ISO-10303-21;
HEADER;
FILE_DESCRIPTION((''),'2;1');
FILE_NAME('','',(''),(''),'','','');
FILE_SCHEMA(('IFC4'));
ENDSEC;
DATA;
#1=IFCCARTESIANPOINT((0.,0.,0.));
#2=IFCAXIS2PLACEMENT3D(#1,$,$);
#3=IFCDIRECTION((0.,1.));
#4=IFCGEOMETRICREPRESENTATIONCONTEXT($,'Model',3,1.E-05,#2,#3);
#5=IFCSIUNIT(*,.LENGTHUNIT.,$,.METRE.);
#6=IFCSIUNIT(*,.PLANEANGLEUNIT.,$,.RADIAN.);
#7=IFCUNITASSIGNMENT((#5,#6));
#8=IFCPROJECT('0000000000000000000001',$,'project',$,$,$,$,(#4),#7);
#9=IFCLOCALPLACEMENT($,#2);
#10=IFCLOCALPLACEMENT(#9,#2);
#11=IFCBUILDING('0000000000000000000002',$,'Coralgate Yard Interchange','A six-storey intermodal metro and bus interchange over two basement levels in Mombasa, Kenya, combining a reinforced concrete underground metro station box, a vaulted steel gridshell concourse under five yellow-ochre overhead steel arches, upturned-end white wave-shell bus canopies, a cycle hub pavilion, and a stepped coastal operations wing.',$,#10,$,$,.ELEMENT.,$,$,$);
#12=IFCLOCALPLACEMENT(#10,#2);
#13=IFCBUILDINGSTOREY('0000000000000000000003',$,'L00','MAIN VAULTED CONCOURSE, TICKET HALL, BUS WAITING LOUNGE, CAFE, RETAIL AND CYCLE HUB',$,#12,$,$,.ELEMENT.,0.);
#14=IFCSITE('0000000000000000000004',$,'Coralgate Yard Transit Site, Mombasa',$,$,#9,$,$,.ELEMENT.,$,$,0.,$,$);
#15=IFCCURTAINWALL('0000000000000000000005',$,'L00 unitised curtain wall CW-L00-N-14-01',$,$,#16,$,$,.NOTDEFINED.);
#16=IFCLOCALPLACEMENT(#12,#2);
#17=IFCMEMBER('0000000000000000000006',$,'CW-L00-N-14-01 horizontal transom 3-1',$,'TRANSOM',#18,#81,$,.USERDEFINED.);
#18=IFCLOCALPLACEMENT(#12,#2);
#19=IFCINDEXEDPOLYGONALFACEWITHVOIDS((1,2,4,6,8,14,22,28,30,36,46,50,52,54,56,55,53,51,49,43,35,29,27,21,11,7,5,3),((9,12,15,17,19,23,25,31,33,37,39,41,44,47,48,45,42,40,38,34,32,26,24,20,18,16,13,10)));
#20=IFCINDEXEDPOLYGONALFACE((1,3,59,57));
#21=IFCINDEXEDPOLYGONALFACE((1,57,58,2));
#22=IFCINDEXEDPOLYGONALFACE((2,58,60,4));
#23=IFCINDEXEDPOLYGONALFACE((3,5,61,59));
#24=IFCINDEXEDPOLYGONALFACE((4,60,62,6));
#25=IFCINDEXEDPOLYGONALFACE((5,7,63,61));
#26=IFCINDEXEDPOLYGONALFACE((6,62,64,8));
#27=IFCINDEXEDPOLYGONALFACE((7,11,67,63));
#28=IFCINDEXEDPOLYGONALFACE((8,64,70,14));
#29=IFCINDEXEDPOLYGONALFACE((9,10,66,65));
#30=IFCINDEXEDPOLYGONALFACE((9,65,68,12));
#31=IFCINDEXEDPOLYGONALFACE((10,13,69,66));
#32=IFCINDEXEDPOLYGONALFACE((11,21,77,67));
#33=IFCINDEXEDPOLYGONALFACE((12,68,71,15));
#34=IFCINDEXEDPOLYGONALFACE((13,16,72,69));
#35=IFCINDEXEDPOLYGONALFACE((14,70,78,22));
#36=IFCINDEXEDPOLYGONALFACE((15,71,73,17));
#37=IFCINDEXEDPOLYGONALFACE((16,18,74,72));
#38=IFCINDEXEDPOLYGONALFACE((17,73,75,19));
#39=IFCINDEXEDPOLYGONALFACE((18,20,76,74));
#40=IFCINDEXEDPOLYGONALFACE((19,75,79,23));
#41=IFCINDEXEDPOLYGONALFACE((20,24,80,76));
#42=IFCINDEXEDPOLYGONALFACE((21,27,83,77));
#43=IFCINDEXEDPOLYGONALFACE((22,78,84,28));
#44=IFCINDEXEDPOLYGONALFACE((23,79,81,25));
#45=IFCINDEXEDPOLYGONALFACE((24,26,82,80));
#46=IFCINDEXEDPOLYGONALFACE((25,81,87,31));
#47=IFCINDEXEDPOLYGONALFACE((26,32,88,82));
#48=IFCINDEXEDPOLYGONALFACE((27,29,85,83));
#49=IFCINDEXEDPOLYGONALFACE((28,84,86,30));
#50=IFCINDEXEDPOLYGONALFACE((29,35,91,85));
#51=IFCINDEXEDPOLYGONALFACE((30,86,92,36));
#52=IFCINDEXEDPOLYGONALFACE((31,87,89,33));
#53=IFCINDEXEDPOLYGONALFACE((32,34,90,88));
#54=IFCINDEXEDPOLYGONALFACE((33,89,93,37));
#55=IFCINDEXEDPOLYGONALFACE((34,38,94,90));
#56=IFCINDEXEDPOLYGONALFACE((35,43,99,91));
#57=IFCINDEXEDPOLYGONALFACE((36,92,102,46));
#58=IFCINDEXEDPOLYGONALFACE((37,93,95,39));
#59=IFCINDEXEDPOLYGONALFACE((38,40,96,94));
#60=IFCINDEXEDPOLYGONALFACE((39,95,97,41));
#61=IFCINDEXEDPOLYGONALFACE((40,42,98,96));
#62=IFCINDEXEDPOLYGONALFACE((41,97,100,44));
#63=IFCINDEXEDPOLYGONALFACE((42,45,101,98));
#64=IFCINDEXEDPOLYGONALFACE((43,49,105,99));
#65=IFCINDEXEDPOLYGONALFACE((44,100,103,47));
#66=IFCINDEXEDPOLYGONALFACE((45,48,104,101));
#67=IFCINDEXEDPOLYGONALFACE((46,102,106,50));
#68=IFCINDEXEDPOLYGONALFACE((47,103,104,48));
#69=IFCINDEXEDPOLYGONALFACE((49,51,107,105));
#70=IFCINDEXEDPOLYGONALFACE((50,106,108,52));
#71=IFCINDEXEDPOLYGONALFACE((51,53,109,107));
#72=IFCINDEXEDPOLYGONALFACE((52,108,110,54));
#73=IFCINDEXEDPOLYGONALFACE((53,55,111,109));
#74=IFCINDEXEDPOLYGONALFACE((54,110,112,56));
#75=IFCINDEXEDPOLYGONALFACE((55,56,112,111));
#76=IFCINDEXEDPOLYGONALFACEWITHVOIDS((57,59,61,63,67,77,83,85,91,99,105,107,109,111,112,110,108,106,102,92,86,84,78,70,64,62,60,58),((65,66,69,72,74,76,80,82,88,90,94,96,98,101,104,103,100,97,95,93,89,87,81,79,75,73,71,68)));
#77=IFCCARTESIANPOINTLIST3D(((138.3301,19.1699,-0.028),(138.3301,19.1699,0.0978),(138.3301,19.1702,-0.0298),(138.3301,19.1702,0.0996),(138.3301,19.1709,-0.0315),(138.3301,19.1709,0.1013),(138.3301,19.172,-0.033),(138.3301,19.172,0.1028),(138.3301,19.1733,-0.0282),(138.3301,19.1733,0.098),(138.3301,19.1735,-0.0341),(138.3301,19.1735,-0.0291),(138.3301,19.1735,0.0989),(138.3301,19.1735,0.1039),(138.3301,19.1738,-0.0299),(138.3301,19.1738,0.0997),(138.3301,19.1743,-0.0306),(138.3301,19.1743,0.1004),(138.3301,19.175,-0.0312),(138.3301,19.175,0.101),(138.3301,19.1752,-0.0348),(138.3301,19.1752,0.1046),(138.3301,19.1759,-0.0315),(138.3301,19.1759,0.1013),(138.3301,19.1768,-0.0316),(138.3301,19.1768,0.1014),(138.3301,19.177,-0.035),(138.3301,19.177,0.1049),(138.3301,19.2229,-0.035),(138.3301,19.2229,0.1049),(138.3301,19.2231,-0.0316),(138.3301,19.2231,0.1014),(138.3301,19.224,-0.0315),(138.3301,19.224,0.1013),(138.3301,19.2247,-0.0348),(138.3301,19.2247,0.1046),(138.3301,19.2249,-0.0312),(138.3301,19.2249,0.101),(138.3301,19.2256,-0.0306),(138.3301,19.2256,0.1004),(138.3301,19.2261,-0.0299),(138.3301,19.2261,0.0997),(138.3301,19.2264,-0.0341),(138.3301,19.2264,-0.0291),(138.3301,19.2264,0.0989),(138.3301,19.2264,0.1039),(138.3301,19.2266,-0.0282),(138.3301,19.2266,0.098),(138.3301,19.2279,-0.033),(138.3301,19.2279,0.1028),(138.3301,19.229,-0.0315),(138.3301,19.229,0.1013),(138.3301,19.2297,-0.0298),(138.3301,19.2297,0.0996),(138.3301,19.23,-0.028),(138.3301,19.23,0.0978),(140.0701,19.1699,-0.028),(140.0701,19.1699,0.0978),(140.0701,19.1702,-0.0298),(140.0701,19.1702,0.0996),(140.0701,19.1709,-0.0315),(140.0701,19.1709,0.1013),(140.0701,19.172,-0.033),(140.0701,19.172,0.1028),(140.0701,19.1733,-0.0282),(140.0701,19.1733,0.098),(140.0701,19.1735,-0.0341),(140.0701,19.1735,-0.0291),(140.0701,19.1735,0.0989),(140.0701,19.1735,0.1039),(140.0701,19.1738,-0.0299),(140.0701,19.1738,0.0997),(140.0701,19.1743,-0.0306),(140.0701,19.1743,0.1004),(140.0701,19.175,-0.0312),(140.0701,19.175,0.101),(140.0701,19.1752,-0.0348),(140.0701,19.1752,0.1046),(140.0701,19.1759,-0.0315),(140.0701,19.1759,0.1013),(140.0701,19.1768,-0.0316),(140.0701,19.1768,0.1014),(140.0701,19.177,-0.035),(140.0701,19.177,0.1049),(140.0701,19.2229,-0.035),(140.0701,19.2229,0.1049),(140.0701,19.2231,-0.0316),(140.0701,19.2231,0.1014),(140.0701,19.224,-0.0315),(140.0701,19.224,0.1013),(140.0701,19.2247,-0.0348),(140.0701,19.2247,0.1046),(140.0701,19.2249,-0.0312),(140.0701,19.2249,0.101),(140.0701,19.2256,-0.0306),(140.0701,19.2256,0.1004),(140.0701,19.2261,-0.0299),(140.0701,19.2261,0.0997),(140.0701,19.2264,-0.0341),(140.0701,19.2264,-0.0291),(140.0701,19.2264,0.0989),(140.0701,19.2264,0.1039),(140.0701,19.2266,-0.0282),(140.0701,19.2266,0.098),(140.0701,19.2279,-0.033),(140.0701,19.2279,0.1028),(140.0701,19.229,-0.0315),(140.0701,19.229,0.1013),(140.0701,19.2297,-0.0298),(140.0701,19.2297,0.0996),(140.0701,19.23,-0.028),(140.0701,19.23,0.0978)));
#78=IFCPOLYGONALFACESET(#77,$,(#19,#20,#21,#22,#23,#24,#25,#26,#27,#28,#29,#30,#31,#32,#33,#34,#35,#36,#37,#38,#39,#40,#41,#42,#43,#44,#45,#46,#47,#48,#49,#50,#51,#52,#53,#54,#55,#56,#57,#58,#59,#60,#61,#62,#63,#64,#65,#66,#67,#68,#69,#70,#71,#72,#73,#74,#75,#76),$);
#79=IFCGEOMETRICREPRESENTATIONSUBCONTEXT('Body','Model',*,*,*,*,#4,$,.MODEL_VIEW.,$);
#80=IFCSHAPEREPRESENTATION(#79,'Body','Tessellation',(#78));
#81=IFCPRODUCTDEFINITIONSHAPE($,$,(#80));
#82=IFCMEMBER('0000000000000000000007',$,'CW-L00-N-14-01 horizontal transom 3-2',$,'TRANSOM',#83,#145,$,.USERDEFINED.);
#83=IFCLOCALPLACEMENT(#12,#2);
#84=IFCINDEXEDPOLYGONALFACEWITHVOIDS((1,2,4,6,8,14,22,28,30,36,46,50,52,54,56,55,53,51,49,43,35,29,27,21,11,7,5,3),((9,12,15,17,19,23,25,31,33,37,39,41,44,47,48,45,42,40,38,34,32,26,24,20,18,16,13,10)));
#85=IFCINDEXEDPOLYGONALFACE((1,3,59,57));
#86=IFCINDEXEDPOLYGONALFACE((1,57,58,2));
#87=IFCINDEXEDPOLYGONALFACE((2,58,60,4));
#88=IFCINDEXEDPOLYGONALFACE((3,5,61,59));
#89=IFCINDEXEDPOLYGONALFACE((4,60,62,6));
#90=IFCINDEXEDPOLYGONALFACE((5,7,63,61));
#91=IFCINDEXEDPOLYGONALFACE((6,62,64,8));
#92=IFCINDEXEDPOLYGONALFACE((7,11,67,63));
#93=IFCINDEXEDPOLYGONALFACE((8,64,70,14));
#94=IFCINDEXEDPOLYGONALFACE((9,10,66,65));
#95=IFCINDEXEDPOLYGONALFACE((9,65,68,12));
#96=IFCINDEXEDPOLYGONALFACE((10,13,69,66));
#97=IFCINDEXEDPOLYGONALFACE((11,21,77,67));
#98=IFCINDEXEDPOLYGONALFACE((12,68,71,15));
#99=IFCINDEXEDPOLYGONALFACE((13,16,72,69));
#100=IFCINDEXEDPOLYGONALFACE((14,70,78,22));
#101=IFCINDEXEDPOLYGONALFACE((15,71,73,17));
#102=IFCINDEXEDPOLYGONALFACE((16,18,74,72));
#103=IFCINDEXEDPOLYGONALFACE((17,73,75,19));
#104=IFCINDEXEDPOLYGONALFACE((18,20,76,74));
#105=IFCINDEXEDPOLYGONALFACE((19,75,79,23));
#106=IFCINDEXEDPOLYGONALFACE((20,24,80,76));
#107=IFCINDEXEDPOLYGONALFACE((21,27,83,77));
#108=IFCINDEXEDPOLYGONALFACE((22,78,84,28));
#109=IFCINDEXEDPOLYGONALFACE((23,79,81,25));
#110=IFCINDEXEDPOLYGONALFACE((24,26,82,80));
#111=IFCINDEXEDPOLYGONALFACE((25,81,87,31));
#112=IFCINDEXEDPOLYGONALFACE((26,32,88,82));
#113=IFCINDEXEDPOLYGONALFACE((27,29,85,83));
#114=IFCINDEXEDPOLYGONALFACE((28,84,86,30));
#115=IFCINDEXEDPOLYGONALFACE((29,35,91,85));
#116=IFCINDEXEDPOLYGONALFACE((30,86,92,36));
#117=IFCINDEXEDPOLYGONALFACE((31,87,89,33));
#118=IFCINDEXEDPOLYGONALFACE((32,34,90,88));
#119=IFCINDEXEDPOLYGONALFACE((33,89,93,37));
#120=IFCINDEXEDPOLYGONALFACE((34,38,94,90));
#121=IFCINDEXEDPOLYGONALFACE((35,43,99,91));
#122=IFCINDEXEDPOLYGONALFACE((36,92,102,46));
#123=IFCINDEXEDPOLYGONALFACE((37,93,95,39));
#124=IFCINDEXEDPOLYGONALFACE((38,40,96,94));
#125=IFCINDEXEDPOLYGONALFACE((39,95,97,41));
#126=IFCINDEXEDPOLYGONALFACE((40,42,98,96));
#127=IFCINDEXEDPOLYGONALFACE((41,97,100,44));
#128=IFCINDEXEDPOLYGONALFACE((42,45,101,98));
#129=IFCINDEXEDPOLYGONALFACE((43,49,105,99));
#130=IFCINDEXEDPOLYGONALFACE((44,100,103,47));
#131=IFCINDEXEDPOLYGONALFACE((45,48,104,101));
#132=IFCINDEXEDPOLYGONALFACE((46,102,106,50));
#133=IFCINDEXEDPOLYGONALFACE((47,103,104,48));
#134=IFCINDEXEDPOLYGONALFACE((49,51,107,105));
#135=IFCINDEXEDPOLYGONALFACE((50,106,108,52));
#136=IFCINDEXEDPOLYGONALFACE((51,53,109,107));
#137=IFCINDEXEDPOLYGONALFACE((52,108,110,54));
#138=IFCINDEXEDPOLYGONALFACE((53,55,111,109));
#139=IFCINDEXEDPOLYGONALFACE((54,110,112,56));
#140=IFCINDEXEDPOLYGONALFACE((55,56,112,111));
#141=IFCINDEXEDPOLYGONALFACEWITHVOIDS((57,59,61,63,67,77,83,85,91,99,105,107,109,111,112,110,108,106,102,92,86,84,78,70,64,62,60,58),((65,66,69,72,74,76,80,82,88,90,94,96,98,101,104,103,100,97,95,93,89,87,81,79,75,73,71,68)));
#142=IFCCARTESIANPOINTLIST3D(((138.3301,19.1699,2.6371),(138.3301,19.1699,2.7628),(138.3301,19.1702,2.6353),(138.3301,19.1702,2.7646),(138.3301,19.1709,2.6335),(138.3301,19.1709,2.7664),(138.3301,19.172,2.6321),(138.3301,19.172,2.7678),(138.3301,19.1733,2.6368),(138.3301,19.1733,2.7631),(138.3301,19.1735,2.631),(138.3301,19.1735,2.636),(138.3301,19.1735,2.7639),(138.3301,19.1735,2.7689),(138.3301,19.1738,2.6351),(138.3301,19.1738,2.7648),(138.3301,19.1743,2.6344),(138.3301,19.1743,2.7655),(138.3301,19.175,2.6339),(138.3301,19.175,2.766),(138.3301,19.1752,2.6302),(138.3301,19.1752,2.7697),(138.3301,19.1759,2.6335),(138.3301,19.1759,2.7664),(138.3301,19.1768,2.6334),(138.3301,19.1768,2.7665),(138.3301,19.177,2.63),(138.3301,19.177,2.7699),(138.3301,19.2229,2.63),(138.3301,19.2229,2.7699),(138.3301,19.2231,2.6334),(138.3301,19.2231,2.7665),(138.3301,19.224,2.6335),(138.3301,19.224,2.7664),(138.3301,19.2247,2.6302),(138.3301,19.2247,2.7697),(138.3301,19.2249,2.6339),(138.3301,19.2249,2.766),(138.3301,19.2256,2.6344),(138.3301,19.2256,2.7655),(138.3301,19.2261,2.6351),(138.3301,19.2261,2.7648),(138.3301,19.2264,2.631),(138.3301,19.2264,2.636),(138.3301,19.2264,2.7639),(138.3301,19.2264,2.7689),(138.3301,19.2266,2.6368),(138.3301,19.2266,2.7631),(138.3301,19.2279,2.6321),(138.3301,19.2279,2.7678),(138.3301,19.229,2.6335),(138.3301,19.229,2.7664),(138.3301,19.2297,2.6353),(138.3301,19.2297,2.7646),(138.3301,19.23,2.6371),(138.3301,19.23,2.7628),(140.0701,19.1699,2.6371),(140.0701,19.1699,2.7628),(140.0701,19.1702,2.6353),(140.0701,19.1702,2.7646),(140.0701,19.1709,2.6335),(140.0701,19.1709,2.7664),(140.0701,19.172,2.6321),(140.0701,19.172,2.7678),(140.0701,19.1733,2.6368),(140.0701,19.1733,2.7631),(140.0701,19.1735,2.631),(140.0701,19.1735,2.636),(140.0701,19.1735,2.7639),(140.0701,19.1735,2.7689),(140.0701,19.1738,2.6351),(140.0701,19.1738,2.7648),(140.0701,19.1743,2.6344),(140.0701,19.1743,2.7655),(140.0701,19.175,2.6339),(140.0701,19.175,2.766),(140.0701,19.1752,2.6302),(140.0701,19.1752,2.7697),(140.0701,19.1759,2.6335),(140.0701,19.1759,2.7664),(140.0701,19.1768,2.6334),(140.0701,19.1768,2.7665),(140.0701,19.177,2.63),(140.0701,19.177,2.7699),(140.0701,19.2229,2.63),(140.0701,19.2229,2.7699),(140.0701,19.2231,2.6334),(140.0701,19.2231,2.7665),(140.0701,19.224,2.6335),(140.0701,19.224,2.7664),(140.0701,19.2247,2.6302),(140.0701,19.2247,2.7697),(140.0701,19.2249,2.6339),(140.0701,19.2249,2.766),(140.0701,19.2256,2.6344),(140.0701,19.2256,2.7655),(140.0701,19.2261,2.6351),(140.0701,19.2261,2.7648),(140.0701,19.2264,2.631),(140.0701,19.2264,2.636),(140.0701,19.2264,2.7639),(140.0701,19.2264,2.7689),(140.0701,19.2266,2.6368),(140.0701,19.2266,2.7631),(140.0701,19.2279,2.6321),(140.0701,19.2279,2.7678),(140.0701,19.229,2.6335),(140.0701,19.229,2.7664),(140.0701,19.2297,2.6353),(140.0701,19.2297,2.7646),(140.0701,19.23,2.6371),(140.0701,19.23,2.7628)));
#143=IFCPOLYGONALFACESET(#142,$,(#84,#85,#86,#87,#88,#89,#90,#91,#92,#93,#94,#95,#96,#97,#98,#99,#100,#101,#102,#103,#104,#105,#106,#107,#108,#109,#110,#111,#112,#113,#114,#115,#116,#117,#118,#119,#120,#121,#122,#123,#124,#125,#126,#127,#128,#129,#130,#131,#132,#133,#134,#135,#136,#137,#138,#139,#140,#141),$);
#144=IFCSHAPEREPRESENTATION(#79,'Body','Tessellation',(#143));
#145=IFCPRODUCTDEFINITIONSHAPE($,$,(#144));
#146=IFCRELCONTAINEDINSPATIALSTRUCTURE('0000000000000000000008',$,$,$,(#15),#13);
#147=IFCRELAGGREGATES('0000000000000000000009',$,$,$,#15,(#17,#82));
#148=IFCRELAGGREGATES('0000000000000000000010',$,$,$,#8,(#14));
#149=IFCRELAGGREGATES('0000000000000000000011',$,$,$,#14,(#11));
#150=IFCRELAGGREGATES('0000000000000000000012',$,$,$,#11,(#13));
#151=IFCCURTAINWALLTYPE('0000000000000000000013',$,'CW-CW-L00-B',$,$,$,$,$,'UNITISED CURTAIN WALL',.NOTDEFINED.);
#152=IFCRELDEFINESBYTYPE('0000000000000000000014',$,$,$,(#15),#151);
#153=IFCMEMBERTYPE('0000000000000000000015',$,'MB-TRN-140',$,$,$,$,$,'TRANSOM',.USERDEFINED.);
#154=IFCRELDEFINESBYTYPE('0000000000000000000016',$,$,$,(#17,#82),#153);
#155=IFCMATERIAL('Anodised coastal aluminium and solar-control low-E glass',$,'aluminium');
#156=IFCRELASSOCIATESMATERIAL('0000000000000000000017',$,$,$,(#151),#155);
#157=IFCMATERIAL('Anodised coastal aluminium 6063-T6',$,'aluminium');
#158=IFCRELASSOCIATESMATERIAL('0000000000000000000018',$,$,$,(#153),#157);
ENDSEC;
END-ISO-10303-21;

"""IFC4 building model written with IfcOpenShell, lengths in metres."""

from ifc_helpers import new_model, si_unit, direction, frame, origin, origin_2d, place, context, subcontext, project, spatial, hollow_rectangle, extrude, material, material_profile, profile_set, type_object, element, aggregate, save


model = new_model("IFC4")

# Units and contexts
model_context = context("Model", 3, precision=1e-05, world=origin(), true_north=direction((0.0, 1.0)))
body_context = subcontext(model_context, "Body", "Model", "MODEL_VIEW")
ifc_project = project(units=[si_unit("LENGTHUNIT", "METRE"), si_unit("PLANEANGLEUNIT", "RADIAN")], contexts=[model_context])

# Site, building, storey
site_placement = place(None, origin())
site = spatial("IfcSite", under=ifc_project, at=site_placement, Name="Coralgate Yard Transit Site, Mombasa", CompositionType="ELEMENT", RefElevation=0.0)
building_placement = place(site_placement, origin())
building = spatial("IfcBuilding", under=site, at=building_placement, Name="Coralgate Yard Interchange", Description="A six-storey intermodal metro and bus interchange over two basement levels in Mombasa, Kenya, combining a reinforced concrete underground metro station box, a vaulted steel gridshell concourse under five yellow-ochre overhead steel arches, upturned-end white wave-shell bus canopies, a cycle hub pavilion, and a stepped coastal operations wing.", CompositionType="ELEMENT")
storey_placement = place(building_placement, origin())
storey = spatial("IfcBuildingStorey", under=building, at=storey_placement, Name="L00", Description="MAIN VAULTED CONCOURSE, TICKET HALL, BUS WAITING LOUNGE, CAFE, RETAIL AND CYCLE HUB", CompositionType="ELEMENT", Elevation=0.0)

# Shared definitions
ifc_material_1 = material(Name="Anodised coastal aluminium and solar-control low-E glass", Category="aluminium")
ifc_material_2 = material(Name="Anodised coastal aluminium 6063-T6", Category="aluminium")

# Curtain wall, members
curtain_wall_type_1 = type_object("IfcCurtainWallType", Name="CW-CW-L00-B", ElementType="UNITISED CURTAIN WALL", PredefinedType="NOTDEFINED", material=ifc_material_1)
curtain_wall_1_placement = place(storey_placement, origin())
curtain_wall_1 = element("IfcCurtainWall", 1, at=curtain_wall_1_placement, inside=storey, type_object=curtain_wall_type_1, Name="L00 unitised curtain wall CW-L00-N-14-01", PredefinedType="NOTDEFINED")
ifc_material_profile_1 = material_profile(ifc_material_2, hollow_rectangle(XDim=0.0601, YDim=0.1399, WallThickness=0.0034, InnerFilletRadius=0.0034, OuterFilletRadius=0.0071, at=origin_2d()), Name="ALU 60x140x3.5")
ifc_profile_set_1 = profile_set([ifc_material_profile_1], Name="Anodised coastal aluminium 6063-T6")
member_type_1 = type_object("IfcMemberType", Name="MB-TRN-140", ElementType="TRANSOM", PredefinedType="USERDEFINED", material=ifc_profile_set_1)
member_1_placement = place(storey_placement, frame((138.3301, 19.2, 0.0349), z_axis=(1.0, 0.0, 0.0), x_axis=(0.0, 1.0, 0.0)))
member_1 = element("IfcMember", 2, at=member_1_placement, type_object=member_type_1, Name="CW-L00-N-14-01 horizontal transom 3-1", ObjectType="TRANSOM", PredefinedType="USERDEFINED", context=body_context, shape_type="SweptSolid", body=[
    extrude(hollow_rectangle(XDim=0.0601, YDim=0.1399, WallThickness=0.0034, InnerFilletRadius=0.0034, OuterFilletRadius=0.0071, at=origin_2d()), origin(), (0.0, 0.0, 1.0), 1.74),
])
member_2_placement = place(storey_placement, frame((138.3301, 19.2, 2.7), z_axis=(1.0, 0.0, 0.0), x_axis=(0.0, 1.0, 0.0)))
member_2 = element("IfcMember", 3, at=member_2_placement, type_object=member_type_1, Name="CW-L00-N-14-01 horizontal transom 3-2", ObjectType="TRANSOM", PredefinedType="USERDEFINED", context=body_context, shape_type="SweptSolid", body=[
    extrude(hollow_rectangle(XDim=0.0601, YDim=0.1399, WallThickness=0.0034, InnerFilletRadius=0.0034, OuterFilletRadius=0.0071, at=origin_2d()), origin(), (0.0, 0.0, 1.0), 1.74),
])
aggregate(curtain_wall_1, [member_1, member_2])

save(model, "model.ifc")
